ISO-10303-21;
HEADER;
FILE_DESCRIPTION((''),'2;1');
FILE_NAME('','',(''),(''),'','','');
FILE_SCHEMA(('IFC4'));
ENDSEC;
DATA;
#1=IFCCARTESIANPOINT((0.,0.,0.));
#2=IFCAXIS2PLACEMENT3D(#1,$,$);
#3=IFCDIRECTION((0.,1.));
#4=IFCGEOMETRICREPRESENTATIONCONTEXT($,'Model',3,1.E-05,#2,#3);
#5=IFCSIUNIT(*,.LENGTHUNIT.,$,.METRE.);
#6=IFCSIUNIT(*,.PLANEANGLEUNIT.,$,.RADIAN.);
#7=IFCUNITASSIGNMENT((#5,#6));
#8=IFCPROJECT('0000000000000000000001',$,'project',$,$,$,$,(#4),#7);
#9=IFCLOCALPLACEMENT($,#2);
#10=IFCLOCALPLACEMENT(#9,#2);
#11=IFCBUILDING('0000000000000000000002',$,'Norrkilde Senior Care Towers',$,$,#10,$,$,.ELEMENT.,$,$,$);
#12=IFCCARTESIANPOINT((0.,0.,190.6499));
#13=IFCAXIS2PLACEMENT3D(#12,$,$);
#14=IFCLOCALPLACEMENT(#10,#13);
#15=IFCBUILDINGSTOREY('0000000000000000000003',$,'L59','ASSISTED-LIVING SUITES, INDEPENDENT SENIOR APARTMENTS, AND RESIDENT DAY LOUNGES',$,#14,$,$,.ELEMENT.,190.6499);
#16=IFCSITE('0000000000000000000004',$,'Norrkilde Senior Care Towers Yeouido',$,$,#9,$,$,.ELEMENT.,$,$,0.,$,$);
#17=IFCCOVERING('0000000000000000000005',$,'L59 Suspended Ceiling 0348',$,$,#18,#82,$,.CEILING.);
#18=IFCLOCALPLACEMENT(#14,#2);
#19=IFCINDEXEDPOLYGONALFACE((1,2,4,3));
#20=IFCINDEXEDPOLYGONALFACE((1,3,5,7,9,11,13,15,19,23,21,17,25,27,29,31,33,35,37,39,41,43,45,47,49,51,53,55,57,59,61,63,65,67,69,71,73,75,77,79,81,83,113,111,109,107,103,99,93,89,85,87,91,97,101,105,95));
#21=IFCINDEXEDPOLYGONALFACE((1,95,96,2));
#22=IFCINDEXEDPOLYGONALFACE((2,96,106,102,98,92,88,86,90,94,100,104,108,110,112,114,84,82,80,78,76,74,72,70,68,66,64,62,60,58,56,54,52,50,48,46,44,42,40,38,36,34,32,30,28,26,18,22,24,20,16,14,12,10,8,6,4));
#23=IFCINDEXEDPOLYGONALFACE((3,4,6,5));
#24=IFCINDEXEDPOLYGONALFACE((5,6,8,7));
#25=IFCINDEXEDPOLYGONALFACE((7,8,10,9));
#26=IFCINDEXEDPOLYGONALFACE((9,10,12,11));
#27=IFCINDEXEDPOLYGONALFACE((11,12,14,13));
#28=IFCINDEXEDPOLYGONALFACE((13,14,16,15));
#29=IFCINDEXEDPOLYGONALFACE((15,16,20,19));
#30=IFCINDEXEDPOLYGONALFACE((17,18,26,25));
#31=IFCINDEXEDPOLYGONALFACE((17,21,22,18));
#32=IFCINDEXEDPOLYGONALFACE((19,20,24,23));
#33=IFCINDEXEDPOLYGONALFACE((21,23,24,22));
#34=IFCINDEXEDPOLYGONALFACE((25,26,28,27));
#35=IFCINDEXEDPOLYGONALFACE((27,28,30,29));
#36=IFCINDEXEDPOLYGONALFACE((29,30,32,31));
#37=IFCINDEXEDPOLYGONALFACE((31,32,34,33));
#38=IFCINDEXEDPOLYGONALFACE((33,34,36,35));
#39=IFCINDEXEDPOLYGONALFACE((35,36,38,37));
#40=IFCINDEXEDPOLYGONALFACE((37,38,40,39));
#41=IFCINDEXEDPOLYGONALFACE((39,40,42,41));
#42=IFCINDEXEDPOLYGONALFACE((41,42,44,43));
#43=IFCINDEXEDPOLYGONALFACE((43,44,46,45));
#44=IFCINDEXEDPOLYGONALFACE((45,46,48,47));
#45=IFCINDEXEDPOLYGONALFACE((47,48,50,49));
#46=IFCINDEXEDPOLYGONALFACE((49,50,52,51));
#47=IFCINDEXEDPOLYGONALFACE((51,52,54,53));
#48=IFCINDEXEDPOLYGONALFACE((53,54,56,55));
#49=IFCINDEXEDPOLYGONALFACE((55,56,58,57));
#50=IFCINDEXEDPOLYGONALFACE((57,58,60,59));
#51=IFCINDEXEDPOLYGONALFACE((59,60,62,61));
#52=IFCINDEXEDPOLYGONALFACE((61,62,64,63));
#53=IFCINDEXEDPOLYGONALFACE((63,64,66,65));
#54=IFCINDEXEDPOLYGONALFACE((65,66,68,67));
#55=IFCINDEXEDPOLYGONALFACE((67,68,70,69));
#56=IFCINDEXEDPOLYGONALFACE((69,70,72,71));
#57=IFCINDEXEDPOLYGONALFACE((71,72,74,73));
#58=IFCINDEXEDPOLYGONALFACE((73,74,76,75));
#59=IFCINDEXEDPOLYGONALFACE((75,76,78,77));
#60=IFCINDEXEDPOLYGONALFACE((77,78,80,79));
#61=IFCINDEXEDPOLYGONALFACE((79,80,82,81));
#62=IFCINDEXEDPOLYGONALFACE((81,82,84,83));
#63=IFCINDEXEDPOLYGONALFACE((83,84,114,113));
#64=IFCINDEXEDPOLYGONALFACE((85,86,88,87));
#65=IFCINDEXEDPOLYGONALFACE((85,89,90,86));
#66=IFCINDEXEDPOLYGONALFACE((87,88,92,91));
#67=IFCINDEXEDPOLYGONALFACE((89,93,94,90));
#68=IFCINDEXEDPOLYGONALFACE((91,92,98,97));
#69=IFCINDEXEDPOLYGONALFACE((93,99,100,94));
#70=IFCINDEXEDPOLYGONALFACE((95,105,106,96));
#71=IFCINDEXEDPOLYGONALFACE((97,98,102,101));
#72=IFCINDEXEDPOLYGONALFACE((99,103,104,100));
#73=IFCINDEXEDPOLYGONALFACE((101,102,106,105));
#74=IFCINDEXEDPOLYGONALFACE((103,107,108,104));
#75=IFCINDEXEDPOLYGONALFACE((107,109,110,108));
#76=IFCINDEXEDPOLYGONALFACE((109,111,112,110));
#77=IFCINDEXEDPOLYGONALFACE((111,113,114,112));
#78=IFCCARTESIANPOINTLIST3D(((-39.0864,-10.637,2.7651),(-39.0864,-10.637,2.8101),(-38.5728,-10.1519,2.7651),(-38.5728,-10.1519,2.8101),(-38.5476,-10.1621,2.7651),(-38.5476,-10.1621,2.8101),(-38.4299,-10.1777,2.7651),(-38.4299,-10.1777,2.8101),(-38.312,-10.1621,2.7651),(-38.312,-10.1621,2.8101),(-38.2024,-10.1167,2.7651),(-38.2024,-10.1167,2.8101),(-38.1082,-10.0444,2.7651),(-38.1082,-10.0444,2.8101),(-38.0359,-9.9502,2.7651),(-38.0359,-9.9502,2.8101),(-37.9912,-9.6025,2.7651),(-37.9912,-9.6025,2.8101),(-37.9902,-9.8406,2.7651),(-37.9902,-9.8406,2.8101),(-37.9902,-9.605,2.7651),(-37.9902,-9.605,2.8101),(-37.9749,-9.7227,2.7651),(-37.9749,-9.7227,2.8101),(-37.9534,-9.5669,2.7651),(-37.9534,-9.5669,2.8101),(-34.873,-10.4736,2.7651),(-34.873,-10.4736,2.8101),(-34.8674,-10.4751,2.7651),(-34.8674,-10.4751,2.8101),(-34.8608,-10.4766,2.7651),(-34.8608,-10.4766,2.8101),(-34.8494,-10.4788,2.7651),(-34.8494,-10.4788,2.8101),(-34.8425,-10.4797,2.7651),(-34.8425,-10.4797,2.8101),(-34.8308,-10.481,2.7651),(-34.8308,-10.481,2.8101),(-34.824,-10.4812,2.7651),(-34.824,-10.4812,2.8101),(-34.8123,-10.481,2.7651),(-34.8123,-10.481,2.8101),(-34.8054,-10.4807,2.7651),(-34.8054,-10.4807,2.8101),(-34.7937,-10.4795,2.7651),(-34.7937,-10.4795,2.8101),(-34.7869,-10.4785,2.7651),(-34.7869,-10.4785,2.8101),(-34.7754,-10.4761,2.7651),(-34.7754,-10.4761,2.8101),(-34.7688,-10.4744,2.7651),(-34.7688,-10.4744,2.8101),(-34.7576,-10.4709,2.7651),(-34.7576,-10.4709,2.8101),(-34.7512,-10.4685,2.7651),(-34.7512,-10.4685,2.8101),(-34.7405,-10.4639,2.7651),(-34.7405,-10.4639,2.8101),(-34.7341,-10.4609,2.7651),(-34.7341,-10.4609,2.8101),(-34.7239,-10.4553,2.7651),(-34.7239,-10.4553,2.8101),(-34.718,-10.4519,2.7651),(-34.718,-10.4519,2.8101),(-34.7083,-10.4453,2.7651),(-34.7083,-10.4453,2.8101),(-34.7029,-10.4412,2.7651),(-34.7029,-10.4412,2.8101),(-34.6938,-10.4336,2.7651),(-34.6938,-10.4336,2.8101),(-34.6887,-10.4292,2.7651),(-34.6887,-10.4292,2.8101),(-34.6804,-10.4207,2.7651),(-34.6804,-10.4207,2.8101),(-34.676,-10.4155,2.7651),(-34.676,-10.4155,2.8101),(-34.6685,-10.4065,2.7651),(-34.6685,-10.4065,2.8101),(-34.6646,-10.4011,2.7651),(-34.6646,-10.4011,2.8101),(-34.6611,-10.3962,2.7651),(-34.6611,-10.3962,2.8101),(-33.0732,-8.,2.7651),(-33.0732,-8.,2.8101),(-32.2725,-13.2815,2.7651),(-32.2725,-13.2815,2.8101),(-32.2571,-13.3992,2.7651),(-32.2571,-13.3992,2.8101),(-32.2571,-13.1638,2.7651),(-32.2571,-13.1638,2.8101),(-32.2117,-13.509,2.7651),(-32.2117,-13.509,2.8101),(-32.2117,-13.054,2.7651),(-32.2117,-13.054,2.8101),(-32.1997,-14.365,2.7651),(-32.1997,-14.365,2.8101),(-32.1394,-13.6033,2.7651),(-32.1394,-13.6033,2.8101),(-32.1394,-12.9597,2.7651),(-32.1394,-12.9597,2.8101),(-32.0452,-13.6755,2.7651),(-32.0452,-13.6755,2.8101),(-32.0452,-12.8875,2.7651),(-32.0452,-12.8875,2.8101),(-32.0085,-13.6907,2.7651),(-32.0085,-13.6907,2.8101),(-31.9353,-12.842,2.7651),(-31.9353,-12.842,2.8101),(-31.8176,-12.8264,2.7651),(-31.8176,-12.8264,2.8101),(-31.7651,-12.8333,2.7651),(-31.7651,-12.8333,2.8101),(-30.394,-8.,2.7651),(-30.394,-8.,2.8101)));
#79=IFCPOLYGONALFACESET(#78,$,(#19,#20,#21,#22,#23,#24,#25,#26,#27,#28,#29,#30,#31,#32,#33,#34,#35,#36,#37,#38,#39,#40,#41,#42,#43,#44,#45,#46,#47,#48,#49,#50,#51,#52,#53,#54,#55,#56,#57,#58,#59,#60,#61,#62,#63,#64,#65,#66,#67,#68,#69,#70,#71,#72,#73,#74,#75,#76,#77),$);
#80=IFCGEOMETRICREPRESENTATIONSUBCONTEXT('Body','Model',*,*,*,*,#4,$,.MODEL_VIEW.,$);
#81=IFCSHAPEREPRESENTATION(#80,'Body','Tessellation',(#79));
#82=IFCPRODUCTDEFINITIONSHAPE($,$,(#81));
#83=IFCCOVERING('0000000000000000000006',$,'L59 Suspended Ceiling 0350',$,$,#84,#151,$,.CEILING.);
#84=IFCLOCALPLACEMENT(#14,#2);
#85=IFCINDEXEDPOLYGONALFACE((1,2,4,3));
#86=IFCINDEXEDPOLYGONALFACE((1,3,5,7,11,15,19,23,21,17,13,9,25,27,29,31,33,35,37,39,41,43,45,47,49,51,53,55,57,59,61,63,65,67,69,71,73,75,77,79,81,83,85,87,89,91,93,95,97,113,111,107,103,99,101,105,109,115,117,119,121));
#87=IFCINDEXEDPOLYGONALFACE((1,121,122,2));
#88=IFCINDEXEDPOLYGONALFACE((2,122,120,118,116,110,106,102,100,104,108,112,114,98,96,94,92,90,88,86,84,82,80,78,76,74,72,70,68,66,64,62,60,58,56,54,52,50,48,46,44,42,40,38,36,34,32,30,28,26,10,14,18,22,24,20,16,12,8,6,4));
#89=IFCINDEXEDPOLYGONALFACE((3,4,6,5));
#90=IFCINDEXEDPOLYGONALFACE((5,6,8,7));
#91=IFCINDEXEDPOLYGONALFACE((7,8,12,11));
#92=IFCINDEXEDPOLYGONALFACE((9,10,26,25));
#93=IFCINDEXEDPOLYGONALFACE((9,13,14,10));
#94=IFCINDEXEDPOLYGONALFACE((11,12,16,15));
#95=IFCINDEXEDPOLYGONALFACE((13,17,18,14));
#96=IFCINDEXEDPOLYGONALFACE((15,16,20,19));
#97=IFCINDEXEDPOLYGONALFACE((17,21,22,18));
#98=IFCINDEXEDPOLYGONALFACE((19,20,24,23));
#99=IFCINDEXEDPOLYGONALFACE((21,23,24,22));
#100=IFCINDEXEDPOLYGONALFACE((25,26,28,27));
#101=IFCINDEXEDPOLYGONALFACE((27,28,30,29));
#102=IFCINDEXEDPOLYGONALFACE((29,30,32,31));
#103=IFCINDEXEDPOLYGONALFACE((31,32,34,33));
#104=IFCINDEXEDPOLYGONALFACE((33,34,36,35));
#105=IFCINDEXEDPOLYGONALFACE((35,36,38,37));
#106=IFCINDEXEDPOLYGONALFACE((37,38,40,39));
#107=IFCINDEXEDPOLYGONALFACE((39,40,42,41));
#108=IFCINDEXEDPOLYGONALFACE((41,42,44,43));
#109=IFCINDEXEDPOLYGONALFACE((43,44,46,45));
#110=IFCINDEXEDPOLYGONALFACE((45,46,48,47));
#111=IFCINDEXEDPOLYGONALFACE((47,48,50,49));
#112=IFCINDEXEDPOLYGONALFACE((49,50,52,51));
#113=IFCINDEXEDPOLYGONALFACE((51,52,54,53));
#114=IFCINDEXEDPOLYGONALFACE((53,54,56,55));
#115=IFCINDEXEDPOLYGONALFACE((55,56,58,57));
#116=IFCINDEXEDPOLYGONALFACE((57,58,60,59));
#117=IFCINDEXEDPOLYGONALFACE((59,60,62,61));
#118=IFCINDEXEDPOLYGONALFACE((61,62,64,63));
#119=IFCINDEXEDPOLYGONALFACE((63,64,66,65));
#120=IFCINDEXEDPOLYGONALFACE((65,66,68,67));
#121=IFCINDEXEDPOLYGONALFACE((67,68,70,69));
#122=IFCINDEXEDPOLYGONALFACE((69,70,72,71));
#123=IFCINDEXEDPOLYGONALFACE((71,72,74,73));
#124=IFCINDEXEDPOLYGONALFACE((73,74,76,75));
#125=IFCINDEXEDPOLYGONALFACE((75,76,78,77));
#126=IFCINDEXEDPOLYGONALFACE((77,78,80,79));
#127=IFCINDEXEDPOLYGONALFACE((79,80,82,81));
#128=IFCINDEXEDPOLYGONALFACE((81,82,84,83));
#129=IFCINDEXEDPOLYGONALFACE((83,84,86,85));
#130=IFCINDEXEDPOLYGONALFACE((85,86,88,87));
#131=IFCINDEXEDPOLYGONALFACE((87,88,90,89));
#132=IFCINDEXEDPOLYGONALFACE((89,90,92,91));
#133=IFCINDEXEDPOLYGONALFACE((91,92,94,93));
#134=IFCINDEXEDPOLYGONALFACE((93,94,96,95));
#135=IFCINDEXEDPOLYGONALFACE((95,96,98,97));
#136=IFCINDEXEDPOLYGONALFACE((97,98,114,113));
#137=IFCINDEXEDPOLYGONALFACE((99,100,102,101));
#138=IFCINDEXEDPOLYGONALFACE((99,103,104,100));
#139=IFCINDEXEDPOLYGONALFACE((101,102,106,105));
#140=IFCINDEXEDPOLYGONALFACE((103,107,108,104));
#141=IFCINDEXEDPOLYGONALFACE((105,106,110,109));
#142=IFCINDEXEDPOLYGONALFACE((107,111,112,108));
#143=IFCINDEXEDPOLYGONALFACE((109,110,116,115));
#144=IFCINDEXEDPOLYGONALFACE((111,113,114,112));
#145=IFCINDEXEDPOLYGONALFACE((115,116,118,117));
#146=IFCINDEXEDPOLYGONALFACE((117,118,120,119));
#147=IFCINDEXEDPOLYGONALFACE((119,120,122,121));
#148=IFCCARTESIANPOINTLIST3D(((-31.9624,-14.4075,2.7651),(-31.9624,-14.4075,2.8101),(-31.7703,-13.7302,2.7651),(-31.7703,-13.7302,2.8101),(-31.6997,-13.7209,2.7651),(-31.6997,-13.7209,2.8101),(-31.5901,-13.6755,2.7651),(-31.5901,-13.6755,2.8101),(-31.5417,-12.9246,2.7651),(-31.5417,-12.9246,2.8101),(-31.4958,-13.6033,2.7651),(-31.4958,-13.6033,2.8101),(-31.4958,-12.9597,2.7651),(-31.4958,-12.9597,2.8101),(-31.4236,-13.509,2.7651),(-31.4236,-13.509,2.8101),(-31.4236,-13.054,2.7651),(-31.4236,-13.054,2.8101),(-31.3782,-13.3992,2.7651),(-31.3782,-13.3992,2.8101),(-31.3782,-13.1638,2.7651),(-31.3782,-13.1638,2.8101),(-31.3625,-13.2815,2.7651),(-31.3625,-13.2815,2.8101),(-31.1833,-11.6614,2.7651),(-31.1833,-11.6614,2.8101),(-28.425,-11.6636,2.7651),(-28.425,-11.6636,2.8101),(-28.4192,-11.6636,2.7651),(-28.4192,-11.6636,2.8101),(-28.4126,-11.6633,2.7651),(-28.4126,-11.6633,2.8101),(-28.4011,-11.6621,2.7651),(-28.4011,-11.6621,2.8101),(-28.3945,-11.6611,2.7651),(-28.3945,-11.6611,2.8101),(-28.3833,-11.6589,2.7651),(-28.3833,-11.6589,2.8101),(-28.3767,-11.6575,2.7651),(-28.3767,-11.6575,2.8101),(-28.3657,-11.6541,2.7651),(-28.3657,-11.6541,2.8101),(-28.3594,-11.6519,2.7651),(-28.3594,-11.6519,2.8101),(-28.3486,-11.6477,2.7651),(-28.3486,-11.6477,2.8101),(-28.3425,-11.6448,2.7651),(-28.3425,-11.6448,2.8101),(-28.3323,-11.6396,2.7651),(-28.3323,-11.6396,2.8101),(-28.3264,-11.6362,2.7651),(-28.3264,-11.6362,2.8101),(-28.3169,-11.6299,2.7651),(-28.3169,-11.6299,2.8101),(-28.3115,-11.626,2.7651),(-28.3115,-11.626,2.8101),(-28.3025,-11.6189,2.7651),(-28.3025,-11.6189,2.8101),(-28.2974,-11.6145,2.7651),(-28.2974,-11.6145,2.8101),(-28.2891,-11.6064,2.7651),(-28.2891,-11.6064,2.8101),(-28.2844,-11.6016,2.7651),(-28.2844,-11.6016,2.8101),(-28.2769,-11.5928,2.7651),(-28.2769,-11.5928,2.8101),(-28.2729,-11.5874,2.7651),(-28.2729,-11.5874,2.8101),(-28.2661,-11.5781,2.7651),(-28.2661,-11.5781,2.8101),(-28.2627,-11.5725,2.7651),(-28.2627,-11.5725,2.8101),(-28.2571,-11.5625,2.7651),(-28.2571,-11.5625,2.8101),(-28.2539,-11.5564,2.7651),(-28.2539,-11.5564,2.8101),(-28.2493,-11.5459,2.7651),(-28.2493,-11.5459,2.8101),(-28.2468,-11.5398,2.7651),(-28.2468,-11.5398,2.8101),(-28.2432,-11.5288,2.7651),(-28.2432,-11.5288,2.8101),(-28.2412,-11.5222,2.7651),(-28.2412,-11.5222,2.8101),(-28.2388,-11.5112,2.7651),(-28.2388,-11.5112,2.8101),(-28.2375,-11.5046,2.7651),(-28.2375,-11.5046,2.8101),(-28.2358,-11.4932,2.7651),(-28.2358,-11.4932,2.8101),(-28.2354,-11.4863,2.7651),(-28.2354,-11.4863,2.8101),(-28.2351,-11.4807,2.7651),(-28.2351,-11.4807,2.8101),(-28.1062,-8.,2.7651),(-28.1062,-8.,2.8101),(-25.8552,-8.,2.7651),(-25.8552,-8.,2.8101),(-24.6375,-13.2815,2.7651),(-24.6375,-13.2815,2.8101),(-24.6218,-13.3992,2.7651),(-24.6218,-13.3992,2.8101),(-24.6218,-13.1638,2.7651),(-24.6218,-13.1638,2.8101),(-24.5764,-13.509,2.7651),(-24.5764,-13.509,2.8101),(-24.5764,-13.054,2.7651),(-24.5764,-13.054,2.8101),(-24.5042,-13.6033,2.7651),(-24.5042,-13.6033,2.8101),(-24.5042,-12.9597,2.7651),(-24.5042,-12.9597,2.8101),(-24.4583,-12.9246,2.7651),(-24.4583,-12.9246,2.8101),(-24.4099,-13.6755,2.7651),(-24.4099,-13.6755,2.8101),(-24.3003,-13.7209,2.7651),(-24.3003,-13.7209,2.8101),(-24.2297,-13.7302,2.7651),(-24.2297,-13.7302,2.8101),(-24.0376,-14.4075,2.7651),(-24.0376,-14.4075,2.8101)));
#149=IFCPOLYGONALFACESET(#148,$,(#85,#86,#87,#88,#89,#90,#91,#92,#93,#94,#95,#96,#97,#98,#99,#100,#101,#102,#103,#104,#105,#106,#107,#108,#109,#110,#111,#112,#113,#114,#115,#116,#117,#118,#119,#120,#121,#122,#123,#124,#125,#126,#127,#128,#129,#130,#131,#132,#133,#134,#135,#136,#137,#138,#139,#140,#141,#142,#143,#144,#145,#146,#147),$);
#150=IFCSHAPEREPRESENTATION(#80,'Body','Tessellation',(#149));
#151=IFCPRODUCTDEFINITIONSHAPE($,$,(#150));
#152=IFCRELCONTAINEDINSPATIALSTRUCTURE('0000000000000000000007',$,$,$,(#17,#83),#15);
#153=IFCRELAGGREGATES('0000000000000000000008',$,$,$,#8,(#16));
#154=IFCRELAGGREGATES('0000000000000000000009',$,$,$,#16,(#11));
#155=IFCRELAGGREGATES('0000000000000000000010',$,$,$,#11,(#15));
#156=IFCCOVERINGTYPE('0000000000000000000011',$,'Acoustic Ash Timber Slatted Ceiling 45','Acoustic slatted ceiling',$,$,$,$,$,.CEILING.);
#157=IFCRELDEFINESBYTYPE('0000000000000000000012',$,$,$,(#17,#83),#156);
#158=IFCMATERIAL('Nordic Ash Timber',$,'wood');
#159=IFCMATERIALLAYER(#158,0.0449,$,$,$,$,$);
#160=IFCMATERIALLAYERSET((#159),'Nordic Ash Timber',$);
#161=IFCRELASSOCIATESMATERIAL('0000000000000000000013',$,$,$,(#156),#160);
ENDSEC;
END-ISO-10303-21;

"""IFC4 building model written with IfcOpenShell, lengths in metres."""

from ifc_helpers import new_model, si_unit, direction, frame, origin, place, context, subcontext, project, spatial, polyline, outline, extrude, material, layer, layer_set, type_object, element, save


model = new_model("IFC4")

# Units and contexts
model_context = context("Model", 3, precision=1e-05, world=origin(), true_north=direction((0.0, 1.0)))
body_context = subcontext(model_context, "Body", "Model", "MODEL_VIEW")
ifc_project = project(units=[si_unit("LENGTHUNIT", "METRE"), si_unit("PLANEANGLEUNIT", "RADIAN")], contexts=[model_context])

# Site, building, storey
site_placement = place(None, origin())
site = spatial("IfcSite", under=ifc_project, at=site_placement, Name="Norrkilde Senior Care Towers Yeouido", CompositionType="ELEMENT", RefElevation=0.0)
building_placement = place(site_placement, origin())
building = spatial("IfcBuilding", under=site, at=building_placement, Name="Norrkilde Senior Care Towers", CompositionType="ELEMENT")
storey_placement = place(building_placement, frame((0.0, 0.0, 190.6499)))
storey = spatial("IfcBuildingStorey", under=building, at=storey_placement, Name="L59", Description="ASSISTED-LIVING SUITES, INDEPENDENT SENIOR APARTMENTS, AND RESIDENT DAY LOUNGES", CompositionType="ELEMENT", Elevation=190.6499)

# Shared definitions
ifc_material_1 = material(Name="Nordic Ash Timber", Category="wood")

# Coverings
ifc_layer_1 = layer(ifc_material_1, 0.0449)
ifc_layer_set_1 = layer_set([ifc_layer_1], Name="Nordic Ash Timber")
covering_type_1 = type_object("IfcCoveringType", Name="Acoustic Ash Timber Slatted Ceiling 45", Description="Acoustic slatted ceiling", PredefinedType="CEILING", material=ifc_layer_set_1)
covering_1_placement = place(storey_placement, frame((0.0, 0.0, 2.7651)))
element("IfcCovering", 1, at=covering_1_placement, inside=storey, type_object=covering_type_1, Name="L59 Suspended Ceiling 0348", PredefinedType="CEILING", context=body_context, shape_type="SweptSolid", body=[
    extrude(outline(polyline([(-34.824, -10.4812), (-34.8123, -10.481), (-34.8054, -10.4807), (-34.7937, -10.4795), (-34.7869, -10.4785), (-34.7754, -10.4761), (-34.7688, -10.4744), (-34.7576, -10.4709), (-34.7512, -10.4685), (-34.7405, -10.4639), (-34.7341, -10.4609), (-34.7239, -10.4553), (-34.718, -10.4519), (-34.7083, -10.4453), (-34.7029, -10.4412), (-34.6938, -10.4336), (-34.6887, -10.4292), (-34.6804, -10.4207), (-34.676, -10.4155), (-34.6685, -10.4065), (-34.6646, -10.4011), (-34.6611, -10.3962), (-33.0732, -8.0), (-30.394, -8.0), (-31.7651, -12.8333), (-31.8176, -12.8264), (-31.9353, -12.842), (-32.0452, -12.8875), (-32.1394, -12.9597), (-32.2117, -13.054), (-32.2571, -13.1638), (-32.2725, -13.2815), (-32.2571, -13.3992), (-32.2117, -13.509), (-32.1394, -13.6033), (-32.0452, -13.6755), (-32.0085, -13.6907), (-32.1997, -14.365), (-39.0864, -10.637), (-38.5728, -10.1519), (-38.5476, -10.1621), (-38.4299, -10.1777), (-38.312, -10.1621), (-38.2024, -10.1167), (-38.1082, -10.0444), (-38.0359, -9.9502), (-37.9902, -9.8406), (-37.9749, -9.7227), (-37.9902, -9.605), (-37.9912, -9.6025), (-37.9534, -9.5669), (-34.873, -10.4736), (-34.8674, -10.4751), (-34.8608, -10.4766), (-34.8494, -10.4788), (-34.8425, -10.4797), (-34.8308, -10.481), (-34.824, -10.4812)])), origin(), (0.0, 0.0, 1.0), 0.0449),
])
covering_2_placement = place(storey_placement, frame((0.0, 0.0, 2.7651)))
element("IfcCovering", 2, at=covering_2_placement, inside=storey, type_object=covering_type_1, Name="L59 Suspended Ceiling 0350", PredefinedType="CEILING", context=body_context, shape_type="SweptSolid", body=[
    extrude(outline(polyline([(-28.3767, -11.6575), (-28.3657, -11.6541), (-28.3594, -11.6519), (-28.3486, -11.6477), (-28.3425, -11.6448), (-28.3323, -11.6396), (-28.3264, -11.6362), (-28.3169, -11.6299), (-28.3115, -11.626), (-28.3025, -11.6189), (-28.2974, -11.6145), (-28.2891, -11.6064), (-28.2844, -11.6016), (-28.2769, -11.5928), (-28.2729, -11.5874), (-28.2661, -11.5781), (-28.2627, -11.5725), (-28.2571, -11.5625), (-28.2539, -11.5564), (-28.2493, -11.5459), (-28.2468, -11.5398), (-28.2432, -11.5288), (-28.2412, -11.5222), (-28.2388, -11.5112), (-28.2375, -11.5046), (-28.2358, -11.4932), (-28.2354, -11.4863), (-28.2351, -11.4807), (-28.1062, -8.0), (-25.8552, -8.0), (-24.4583, -12.9246), (-24.5042, -12.9597), (-24.5764, -13.054), (-24.6218, -13.1638), (-24.6375, -13.2815), (-24.6218, -13.3992), (-24.5764, -13.509), (-24.5042, -13.6033), (-24.4099, -13.6755), (-24.3003, -13.7209), (-24.2297, -13.7302), (-24.0376, -14.4075), (-31.9624, -14.4075), (-31.7703, -13.7302), (-31.6997, -13.7209), (-31.5901, -13.6755), (-31.4958, -13.6033), (-31.4236, -13.509), (-31.3782, -13.3992), (-31.3625, -13.2815), (-31.3782, -13.1638), (-31.4236, -13.054), (-31.4958, -12.9597), (-31.5417, -12.9246), (-31.1833, -11.6614), (-28.425, -11.6636), (-28.4192, -11.6636), (-28.4126, -11.6633), (-28.4011, -11.6621), (-28.3945, -11.6611), (-28.3833, -11.6589), (-28.3767, -11.6575)])), origin(), (0.0, 0.0, 1.0), 0.0449),
])

save(model, "model.ifc")
